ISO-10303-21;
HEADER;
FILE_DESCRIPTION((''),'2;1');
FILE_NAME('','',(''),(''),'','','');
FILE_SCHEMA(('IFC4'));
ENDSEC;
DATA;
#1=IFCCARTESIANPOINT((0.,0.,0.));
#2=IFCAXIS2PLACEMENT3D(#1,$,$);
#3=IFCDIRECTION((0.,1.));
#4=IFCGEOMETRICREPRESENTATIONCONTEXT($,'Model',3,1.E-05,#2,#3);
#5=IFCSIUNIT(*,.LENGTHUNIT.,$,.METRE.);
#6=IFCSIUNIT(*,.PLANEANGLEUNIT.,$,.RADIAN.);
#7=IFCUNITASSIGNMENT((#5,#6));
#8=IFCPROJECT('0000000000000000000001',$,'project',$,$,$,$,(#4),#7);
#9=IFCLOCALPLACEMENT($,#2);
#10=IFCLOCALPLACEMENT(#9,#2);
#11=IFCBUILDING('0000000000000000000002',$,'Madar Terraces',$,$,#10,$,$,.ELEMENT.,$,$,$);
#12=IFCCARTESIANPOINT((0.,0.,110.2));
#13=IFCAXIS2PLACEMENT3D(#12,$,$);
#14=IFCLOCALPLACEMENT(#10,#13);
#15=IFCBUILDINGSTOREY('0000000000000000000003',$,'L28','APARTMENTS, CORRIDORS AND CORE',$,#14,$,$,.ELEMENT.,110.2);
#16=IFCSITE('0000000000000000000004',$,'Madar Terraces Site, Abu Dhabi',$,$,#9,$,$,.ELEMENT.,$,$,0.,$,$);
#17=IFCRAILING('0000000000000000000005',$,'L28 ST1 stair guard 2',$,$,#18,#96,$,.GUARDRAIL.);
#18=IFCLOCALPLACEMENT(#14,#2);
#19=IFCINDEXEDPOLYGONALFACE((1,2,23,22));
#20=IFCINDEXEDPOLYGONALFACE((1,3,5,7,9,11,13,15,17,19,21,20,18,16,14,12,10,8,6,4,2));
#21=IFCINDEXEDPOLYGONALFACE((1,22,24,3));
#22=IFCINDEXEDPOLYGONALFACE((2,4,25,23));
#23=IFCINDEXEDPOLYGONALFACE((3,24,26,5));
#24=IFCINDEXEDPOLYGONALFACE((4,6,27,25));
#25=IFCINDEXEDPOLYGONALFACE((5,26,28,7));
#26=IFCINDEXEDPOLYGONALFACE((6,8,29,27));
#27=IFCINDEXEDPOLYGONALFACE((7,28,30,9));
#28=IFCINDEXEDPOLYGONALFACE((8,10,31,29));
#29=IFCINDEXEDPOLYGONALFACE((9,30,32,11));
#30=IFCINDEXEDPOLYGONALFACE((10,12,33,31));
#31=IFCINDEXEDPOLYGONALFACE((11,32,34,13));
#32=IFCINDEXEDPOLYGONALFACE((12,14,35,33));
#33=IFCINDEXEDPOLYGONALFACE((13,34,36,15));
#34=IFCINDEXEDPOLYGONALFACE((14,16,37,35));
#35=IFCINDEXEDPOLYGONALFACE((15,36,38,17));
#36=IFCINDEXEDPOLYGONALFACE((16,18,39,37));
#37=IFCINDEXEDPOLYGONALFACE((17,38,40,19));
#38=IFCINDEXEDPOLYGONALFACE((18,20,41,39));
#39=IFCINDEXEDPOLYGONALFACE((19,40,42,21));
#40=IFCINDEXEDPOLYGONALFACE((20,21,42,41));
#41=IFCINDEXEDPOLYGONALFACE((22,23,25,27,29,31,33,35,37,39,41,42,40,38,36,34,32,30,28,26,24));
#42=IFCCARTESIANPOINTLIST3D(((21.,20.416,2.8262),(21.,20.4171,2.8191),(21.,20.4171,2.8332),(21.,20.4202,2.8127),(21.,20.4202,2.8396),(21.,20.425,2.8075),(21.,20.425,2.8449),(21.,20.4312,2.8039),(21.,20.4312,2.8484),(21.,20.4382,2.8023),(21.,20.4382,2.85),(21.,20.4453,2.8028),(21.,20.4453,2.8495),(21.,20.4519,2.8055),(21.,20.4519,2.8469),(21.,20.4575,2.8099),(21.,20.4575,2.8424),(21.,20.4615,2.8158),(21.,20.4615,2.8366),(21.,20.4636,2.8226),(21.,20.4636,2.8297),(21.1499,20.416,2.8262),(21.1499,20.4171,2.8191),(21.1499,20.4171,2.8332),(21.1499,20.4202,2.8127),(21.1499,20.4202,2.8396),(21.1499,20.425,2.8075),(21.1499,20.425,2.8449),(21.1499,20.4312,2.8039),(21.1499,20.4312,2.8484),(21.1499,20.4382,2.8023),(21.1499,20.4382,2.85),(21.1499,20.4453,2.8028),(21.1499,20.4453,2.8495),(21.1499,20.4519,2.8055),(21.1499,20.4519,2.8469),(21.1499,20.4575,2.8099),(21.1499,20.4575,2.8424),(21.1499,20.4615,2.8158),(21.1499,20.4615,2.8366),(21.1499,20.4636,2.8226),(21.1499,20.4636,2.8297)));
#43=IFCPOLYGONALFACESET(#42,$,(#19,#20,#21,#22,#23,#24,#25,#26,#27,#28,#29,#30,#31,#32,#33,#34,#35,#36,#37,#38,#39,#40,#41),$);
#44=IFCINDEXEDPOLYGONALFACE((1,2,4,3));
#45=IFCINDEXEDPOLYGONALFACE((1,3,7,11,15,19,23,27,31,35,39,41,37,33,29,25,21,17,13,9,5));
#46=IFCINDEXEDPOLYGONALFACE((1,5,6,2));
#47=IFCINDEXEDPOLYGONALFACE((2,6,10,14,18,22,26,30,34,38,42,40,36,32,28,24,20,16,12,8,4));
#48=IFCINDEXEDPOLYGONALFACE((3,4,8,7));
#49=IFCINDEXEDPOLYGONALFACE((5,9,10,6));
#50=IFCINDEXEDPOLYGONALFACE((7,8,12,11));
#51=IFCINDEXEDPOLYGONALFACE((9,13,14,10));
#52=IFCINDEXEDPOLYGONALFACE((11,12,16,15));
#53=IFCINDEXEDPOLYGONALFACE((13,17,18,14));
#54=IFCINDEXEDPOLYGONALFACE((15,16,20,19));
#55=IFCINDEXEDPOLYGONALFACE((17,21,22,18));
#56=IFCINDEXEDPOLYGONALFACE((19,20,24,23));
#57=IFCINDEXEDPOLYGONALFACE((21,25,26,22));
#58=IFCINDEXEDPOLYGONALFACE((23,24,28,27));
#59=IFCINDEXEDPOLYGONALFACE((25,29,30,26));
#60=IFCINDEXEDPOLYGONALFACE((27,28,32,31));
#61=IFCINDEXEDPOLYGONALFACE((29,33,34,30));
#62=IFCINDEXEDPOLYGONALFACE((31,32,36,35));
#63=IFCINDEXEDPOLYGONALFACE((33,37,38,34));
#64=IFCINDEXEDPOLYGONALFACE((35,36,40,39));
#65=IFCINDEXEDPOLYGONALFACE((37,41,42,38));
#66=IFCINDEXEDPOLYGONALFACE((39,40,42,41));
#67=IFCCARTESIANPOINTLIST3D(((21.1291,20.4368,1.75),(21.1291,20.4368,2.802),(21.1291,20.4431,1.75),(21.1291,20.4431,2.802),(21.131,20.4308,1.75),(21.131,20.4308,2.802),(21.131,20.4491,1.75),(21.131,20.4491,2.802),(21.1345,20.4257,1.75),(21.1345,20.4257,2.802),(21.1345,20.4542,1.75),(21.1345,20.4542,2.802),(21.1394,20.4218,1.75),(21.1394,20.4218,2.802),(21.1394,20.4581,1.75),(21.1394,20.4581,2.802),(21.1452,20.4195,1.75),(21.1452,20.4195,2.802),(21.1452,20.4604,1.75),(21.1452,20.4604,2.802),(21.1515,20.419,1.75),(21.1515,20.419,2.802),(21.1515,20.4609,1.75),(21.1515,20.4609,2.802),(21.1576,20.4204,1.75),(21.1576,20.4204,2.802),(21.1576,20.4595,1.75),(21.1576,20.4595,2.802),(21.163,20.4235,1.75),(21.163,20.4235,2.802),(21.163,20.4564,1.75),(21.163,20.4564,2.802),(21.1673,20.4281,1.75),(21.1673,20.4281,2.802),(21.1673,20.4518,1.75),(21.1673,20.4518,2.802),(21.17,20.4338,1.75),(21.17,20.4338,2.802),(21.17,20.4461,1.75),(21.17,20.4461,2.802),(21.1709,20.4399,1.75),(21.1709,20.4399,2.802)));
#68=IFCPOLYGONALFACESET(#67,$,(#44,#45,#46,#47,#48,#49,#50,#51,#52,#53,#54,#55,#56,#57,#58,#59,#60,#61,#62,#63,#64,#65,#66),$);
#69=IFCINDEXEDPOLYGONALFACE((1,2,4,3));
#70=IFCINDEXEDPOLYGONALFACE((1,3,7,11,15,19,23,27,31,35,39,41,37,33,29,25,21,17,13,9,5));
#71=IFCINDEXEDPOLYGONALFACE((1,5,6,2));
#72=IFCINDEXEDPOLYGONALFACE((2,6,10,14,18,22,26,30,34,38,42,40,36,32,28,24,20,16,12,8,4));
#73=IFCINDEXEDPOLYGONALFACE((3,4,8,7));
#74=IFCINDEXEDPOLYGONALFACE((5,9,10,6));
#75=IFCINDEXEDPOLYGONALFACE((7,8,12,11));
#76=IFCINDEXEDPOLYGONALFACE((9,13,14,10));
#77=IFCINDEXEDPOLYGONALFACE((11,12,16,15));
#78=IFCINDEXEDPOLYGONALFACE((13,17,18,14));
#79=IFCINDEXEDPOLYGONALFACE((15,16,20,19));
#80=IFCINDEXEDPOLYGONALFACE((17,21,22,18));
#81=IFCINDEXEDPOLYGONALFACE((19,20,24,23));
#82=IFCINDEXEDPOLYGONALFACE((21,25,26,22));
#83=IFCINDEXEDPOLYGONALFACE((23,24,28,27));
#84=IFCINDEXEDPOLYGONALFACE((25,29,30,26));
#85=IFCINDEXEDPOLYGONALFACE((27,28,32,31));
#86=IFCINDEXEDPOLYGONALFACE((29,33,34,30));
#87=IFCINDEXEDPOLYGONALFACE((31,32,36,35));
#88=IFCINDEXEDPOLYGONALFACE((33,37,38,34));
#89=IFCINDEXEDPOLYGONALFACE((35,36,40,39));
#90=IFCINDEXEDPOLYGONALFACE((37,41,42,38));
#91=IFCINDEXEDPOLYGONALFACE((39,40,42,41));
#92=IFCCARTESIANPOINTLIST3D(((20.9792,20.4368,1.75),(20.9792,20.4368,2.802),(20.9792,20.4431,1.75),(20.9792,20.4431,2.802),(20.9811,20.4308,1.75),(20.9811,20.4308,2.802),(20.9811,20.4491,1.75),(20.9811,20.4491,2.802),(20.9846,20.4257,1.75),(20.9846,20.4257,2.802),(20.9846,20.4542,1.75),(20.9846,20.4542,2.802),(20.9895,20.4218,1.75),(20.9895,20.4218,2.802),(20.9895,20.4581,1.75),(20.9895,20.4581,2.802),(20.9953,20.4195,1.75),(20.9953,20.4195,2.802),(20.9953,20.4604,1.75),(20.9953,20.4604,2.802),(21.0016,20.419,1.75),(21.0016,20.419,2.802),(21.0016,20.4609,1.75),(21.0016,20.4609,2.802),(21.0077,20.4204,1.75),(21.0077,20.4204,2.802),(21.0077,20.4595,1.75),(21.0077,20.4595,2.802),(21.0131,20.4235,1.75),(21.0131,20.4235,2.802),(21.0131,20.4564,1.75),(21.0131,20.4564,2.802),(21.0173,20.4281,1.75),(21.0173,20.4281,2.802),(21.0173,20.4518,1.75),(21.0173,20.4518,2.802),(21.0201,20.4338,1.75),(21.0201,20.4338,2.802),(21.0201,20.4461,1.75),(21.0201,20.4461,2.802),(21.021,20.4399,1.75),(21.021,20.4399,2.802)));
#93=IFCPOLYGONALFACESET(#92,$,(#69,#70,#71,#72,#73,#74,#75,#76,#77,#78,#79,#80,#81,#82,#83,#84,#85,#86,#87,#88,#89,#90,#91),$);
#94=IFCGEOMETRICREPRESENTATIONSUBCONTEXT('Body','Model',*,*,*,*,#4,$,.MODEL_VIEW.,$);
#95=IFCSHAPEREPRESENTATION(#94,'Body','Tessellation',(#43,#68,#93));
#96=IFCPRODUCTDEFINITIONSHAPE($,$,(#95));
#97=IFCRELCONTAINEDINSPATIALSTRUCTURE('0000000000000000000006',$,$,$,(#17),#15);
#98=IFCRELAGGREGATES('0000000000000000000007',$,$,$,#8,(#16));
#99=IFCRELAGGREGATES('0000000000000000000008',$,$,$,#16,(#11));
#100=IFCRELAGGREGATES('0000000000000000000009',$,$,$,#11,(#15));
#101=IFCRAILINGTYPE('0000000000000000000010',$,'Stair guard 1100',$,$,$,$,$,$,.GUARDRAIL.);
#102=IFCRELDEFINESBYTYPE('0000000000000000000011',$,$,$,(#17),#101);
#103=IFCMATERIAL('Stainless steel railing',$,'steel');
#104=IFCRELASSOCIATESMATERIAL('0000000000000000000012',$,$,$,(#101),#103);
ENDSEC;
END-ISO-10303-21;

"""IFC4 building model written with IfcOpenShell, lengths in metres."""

from ifc_helpers import new_model, si_unit, direction, frame, origin, origin_2d, place, context, subcontext, project, spatial, circle, extrude, material, type_object, element, save


model = new_model("IFC4")

# Units and contexts
model_context = context("Model", 3, precision=1e-05, world=origin(), true_north=direction((0.0, 1.0)))
body_context = subcontext(model_context, "Body", "Model", "MODEL_VIEW")
ifc_project = project(units=[si_unit("LENGTHUNIT", "METRE"), si_unit("PLANEANGLEUNIT", "RADIAN")], contexts=[model_context])

# Site, building, storey
site_placement = place(None, origin())
site = spatial("IfcSite", under=ifc_project, at=site_placement, Name="Madar Terraces Site, Abu Dhabi", CompositionType="ELEMENT", RefElevation=0.0)
building_placement = place(site_placement, origin())
building = spatial("IfcBuilding", under=site, at=building_placement, Name="Madar Terraces", CompositionType="ELEMENT")
storey_placement = place(building_placement, frame((0.0, 0.0, 110.2)))
storey = spatial("IfcBuildingStorey", under=building, at=storey_placement, Name="L28", Description="APARTMENTS, CORRIDORS AND CORE", CompositionType="ELEMENT", Elevation=110.2)

# Railing
ifc_material_1 = material(Name="Stainless steel railing", Category="steel")
railing_type_1 = type_object("IfcRailingType", Name="Stair guard 1100", PredefinedType="GUARDRAIL", material=ifc_material_1)
railing_1_placement = place(storey_placement, frame((21.1499, 20.4399, 1.75)))
element("IfcRailing", 1, at=railing_1_placement, inside=storey, type_object=railing_type_1, Name="L28 ST1 stair guard 2", PredefinedType="GUARDRAIL", context=body_context, shape_type="SweptSolid", body=[
    extrude(circle(Radius=0.0239, at=origin_2d()), frame((0.0, 0.0, 1.0762), z_axis=(-1.0, 0.0, 0.0), x_axis=(0.0, -1.0, 0.0)), (0.0, 0.0, 1.0), 0.1499),
    extrude(circle(Radius=0.021, at=origin_2d()), origin(), (0.0, 0.0, 1.0), 1.052),
    extrude(circle(Radius=0.021, at=origin_2d()), frame((-0.1499, 0.0, 0.0)), (0.0, 0.0, 1.0), 1.052),
])

save(model, "model.ifc")
